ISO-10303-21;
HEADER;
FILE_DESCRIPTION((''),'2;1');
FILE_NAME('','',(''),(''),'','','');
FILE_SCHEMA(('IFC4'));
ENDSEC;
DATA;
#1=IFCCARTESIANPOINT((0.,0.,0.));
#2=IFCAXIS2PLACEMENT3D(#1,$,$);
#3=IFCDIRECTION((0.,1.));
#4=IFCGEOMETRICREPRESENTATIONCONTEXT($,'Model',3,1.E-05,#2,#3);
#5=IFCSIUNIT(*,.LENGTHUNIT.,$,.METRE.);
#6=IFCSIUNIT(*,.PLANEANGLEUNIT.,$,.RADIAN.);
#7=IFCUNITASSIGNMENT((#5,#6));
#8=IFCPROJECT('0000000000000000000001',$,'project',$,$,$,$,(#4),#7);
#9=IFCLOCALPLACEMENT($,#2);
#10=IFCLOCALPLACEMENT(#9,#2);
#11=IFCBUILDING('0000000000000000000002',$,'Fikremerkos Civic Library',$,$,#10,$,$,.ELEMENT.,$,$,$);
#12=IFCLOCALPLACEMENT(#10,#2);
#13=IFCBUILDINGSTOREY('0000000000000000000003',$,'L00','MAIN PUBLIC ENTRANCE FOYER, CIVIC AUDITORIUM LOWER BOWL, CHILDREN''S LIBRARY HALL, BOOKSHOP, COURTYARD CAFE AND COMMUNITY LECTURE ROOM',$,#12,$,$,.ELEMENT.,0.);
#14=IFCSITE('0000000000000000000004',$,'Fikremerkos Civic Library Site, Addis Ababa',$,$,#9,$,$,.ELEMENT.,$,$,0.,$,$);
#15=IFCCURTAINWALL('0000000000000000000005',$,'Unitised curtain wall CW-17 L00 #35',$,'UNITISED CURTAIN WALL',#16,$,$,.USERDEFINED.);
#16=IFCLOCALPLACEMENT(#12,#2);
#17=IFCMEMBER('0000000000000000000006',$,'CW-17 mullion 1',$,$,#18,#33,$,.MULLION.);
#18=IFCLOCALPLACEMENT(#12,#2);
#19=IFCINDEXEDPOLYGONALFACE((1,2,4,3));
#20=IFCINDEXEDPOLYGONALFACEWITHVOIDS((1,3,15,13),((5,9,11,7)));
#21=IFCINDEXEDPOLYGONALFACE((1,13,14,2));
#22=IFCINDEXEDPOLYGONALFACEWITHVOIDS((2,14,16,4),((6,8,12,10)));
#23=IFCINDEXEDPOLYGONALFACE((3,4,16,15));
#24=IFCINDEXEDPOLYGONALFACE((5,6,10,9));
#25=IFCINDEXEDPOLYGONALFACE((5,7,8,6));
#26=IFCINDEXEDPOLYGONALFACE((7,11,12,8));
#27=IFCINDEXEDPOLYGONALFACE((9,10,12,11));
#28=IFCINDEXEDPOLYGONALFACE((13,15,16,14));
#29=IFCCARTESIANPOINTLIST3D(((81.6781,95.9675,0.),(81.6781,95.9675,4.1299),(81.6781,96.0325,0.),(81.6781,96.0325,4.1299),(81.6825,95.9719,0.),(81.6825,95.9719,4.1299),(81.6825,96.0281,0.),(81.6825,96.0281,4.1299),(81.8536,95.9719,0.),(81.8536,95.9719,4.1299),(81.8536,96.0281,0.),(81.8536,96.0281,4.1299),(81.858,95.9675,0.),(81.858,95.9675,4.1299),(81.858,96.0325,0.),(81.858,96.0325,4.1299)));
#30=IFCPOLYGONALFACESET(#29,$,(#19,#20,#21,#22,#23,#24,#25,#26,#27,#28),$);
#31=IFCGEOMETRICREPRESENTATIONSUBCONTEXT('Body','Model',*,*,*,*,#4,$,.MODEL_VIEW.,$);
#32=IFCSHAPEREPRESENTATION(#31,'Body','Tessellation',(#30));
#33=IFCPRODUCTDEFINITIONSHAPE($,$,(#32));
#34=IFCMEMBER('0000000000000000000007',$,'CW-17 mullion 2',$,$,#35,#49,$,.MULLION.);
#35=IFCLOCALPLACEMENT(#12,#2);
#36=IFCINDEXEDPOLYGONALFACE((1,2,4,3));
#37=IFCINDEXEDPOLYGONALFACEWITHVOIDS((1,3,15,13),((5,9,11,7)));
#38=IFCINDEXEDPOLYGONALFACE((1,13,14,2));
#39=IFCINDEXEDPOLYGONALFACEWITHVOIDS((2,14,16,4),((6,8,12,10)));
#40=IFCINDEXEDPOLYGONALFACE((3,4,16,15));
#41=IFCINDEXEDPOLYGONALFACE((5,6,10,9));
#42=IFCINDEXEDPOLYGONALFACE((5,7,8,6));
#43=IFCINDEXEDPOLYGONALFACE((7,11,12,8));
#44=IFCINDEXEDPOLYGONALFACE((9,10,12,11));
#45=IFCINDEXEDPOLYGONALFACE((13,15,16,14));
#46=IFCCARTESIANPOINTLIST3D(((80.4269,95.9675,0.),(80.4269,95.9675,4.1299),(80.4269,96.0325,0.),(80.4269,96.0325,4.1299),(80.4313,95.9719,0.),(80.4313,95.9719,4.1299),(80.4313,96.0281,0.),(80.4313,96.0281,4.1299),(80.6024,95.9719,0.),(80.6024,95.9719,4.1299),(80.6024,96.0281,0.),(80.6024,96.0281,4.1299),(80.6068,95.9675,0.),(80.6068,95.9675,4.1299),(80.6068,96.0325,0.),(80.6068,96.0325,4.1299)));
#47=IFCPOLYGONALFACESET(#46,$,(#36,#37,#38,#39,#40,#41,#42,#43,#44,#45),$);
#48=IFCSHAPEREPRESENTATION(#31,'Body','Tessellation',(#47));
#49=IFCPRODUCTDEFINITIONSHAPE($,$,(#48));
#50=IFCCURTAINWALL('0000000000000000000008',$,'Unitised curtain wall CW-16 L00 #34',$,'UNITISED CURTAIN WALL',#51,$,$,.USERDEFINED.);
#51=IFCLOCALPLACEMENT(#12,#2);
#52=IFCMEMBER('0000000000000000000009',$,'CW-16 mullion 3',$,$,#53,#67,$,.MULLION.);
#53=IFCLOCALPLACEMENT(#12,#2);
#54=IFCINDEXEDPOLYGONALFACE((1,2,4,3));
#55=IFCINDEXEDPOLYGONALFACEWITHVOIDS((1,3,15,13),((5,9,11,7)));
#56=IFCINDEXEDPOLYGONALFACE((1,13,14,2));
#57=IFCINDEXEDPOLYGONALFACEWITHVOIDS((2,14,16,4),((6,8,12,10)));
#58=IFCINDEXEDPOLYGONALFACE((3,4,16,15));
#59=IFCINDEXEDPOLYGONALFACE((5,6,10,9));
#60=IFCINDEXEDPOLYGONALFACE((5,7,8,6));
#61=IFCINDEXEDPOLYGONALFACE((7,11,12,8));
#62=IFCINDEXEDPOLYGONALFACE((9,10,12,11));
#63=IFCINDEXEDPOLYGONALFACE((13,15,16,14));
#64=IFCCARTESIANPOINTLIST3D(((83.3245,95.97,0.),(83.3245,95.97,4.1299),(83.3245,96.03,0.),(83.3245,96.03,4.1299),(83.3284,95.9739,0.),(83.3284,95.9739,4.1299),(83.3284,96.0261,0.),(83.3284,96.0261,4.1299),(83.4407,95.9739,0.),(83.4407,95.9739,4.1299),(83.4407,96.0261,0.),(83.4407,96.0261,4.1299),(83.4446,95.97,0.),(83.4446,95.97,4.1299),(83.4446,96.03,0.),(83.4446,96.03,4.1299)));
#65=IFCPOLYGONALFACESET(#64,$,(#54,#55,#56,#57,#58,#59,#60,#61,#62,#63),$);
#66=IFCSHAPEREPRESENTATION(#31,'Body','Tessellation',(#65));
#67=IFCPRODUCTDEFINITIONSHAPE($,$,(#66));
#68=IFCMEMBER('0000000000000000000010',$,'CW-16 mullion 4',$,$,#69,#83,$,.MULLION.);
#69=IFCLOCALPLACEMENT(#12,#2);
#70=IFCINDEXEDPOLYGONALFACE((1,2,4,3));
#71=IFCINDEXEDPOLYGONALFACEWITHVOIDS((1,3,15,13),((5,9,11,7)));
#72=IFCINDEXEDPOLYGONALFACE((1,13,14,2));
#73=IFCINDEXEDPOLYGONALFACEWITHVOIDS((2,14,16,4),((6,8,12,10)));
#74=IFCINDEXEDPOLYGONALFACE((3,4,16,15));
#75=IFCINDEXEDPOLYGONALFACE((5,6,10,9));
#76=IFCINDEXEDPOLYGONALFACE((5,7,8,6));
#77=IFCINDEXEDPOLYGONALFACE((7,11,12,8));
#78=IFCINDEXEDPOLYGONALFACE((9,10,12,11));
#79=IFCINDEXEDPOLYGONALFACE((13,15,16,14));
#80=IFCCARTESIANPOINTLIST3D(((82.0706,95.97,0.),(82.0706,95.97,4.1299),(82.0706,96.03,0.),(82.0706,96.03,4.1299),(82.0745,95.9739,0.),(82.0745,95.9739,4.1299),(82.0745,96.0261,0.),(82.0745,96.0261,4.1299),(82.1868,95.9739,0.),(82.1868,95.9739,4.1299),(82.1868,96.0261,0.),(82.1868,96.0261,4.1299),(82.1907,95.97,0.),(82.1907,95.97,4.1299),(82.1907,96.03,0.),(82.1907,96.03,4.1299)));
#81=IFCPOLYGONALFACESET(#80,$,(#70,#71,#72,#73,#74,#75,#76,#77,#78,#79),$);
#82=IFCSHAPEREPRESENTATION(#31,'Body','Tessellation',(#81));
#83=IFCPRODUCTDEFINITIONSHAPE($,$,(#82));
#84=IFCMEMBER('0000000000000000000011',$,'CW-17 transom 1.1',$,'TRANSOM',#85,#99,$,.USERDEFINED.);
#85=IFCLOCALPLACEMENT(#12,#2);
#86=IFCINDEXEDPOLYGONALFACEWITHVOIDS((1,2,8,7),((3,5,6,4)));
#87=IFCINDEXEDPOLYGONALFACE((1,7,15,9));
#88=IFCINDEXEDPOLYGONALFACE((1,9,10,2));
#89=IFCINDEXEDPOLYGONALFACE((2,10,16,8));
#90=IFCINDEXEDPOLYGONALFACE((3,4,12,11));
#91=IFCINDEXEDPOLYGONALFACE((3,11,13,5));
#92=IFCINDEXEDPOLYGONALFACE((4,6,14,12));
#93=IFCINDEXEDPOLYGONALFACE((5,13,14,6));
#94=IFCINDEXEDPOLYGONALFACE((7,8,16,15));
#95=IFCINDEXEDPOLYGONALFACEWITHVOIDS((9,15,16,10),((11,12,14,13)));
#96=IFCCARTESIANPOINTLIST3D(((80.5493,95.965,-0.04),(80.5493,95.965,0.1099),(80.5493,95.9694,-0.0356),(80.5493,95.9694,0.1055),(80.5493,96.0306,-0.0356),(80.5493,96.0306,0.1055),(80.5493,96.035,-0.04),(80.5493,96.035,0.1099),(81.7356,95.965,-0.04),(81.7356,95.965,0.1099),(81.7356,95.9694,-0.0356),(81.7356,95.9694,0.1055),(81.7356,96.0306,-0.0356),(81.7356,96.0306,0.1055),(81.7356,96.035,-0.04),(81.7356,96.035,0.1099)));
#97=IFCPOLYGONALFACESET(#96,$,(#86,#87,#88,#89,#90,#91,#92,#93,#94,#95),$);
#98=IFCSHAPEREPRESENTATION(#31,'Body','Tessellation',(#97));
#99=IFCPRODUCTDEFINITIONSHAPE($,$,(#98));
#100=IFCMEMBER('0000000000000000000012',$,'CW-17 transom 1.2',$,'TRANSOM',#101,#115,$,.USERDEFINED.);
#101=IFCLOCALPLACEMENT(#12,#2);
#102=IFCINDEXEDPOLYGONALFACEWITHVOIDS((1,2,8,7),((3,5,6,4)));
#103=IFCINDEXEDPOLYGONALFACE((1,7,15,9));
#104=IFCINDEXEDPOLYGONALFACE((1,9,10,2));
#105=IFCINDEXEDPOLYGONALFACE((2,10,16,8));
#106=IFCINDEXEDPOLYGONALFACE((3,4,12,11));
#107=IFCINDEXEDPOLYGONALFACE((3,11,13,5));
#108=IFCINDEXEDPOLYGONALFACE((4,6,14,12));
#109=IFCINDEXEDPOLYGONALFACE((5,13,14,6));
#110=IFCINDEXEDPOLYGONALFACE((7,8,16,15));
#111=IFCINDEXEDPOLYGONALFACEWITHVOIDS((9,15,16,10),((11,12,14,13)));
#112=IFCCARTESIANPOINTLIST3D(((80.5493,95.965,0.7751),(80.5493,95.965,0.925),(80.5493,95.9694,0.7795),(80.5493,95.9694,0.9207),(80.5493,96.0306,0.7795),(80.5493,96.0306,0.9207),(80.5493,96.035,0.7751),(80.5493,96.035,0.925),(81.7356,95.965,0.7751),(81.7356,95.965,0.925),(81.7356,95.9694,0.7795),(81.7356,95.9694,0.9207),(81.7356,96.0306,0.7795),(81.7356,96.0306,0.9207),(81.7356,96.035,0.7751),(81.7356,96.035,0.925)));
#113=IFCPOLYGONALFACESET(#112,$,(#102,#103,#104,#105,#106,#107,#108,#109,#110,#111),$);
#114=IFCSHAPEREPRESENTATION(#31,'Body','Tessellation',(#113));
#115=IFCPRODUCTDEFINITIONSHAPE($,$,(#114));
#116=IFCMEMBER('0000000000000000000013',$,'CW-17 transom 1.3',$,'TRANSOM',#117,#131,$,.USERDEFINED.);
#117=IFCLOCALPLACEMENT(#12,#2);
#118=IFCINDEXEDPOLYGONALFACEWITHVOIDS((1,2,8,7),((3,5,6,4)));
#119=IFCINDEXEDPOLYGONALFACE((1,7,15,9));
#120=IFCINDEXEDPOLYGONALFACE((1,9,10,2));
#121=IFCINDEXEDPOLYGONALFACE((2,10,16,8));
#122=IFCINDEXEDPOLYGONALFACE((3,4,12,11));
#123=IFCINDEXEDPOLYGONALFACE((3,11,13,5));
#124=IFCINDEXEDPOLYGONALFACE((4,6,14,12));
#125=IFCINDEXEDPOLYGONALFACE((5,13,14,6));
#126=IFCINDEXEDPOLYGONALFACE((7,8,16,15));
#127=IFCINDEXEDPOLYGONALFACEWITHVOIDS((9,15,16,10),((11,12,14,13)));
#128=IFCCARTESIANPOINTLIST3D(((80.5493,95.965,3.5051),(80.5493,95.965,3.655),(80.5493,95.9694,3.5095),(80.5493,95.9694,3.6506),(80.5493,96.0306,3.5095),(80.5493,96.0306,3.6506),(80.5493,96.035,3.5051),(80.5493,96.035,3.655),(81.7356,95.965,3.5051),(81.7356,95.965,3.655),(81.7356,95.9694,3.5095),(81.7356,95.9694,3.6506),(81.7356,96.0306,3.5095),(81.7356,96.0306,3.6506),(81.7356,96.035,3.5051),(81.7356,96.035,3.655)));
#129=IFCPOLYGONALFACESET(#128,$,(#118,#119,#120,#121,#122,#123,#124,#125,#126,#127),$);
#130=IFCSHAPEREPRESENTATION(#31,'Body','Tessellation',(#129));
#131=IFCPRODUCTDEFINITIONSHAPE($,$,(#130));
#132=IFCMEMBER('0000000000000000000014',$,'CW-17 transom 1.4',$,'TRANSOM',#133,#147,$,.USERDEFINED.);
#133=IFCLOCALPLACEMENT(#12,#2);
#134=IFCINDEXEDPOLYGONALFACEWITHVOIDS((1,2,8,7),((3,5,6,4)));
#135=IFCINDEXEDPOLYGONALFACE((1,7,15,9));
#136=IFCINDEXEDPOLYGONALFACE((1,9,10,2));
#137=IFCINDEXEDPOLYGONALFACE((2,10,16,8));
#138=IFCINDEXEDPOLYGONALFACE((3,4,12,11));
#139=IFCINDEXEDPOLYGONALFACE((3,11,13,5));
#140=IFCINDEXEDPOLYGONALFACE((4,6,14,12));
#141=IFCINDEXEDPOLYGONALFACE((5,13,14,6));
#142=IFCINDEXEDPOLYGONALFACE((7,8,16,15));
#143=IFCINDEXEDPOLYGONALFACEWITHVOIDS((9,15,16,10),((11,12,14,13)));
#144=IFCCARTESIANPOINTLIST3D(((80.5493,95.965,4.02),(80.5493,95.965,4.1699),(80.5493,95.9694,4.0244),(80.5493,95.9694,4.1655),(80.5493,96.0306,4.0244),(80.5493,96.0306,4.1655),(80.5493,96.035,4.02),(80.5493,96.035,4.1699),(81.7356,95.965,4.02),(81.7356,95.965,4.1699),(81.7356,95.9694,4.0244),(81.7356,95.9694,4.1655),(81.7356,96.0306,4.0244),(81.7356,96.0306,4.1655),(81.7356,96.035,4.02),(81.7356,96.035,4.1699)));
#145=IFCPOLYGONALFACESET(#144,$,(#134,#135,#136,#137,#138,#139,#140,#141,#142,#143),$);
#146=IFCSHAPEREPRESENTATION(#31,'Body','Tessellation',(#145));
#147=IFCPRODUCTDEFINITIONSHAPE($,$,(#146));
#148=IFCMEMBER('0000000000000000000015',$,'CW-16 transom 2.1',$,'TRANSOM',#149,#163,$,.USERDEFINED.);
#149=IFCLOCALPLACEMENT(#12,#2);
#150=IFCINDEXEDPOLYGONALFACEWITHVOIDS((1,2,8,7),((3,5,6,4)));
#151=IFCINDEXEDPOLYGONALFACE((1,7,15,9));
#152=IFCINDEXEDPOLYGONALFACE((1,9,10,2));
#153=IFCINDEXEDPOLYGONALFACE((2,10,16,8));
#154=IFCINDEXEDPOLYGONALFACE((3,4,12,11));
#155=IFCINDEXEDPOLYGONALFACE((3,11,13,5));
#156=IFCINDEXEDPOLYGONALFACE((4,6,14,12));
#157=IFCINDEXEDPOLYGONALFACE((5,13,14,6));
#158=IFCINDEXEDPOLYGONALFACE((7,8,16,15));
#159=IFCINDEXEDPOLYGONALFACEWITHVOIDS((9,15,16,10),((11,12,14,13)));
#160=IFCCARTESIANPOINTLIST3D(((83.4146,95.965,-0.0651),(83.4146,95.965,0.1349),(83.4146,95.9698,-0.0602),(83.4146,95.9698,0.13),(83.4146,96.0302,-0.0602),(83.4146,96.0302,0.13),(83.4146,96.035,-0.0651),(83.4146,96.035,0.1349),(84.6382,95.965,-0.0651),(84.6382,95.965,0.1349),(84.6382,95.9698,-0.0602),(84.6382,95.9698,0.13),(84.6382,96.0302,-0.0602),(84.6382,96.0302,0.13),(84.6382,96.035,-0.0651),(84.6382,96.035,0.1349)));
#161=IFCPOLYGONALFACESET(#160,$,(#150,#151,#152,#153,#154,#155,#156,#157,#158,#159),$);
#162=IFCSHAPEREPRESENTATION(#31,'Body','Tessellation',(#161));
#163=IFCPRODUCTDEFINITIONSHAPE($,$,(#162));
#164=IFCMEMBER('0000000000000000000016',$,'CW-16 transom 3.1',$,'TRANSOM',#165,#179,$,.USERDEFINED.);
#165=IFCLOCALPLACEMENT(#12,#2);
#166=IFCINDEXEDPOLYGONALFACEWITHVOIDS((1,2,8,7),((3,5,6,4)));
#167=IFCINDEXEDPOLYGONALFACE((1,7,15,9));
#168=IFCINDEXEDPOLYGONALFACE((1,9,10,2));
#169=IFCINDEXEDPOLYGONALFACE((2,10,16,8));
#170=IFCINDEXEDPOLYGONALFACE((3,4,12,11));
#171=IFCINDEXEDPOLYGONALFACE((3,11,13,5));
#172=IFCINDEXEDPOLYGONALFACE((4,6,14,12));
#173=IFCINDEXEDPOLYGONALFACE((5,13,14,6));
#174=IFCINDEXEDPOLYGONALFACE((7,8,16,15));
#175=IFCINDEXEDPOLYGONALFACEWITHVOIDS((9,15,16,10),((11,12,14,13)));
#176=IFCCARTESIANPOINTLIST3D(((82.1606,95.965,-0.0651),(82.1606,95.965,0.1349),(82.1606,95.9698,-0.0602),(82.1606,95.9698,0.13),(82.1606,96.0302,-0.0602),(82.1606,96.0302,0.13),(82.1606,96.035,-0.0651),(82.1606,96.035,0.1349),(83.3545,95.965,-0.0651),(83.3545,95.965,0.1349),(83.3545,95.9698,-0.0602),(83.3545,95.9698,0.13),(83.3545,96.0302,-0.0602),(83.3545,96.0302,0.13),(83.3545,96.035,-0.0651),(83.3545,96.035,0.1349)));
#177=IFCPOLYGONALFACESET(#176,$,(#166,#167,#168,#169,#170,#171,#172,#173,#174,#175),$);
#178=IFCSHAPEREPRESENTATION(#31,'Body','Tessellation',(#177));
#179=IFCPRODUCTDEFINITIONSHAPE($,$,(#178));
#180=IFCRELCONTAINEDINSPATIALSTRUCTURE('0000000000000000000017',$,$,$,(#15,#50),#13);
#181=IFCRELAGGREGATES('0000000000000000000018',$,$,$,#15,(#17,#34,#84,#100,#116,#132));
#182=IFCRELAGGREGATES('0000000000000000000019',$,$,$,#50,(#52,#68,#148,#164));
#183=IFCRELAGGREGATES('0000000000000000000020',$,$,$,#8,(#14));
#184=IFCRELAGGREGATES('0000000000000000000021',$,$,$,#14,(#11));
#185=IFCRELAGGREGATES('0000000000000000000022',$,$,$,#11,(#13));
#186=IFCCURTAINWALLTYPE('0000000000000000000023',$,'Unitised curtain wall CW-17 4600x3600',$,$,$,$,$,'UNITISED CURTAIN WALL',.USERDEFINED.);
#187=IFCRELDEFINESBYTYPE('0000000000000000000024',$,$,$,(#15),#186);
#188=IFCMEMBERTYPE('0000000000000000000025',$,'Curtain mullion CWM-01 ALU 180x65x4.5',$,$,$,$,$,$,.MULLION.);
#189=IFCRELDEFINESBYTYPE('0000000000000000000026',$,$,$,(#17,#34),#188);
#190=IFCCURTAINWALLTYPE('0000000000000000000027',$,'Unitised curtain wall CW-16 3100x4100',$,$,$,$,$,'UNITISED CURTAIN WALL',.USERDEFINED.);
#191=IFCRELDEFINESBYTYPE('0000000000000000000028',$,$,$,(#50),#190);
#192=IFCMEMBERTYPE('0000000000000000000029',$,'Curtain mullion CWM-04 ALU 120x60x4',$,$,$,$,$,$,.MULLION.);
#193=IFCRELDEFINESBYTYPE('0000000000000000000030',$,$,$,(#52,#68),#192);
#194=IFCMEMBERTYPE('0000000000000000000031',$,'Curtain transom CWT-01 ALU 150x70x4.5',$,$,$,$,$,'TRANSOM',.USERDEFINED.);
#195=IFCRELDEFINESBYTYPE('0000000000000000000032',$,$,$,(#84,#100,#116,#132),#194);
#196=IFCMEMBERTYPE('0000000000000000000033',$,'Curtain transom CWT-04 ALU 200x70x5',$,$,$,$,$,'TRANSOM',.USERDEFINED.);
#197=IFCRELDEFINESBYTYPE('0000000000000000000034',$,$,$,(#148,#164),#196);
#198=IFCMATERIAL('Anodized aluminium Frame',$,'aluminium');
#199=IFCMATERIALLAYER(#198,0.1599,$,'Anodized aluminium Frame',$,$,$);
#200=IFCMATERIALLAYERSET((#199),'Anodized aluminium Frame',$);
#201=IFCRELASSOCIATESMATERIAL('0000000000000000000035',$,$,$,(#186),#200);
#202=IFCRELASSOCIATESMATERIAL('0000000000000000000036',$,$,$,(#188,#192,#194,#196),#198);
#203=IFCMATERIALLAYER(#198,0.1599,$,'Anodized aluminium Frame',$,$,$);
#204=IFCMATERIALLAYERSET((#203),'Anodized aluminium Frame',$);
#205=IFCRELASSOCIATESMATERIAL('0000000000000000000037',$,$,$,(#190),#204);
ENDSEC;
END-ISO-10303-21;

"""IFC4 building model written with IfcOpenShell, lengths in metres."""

from ifc_helpers import new_model, si_unit, direction, frame, origin, origin_2d, place, context, subcontext, project, spatial, hollow_rectangle, extrude, material, layer, layer_set, material_profile, profile_set, type_object, element, aggregate, save


model = new_model("IFC4")

# Units and contexts
model_context = context("Model", 3, precision=1e-05, world=origin(), true_north=direction((0.0, 1.0)))
body_context = subcontext(model_context, "Body", "Model", "MODEL_VIEW")
ifc_project = project(units=[si_unit("LENGTHUNIT", "METRE"), si_unit("PLANEANGLEUNIT", "RADIAN")], contexts=[model_context])

# Site, building, storey
site_placement = place(None, origin())
site = spatial("IfcSite", under=ifc_project, at=site_placement, Name="Fikremerkos Civic Library Site, Addis Ababa", CompositionType="ELEMENT", RefElevation=0.0)
building_placement = place(site_placement, origin())
building = spatial("IfcBuilding", under=site, at=building_placement, Name="Fikremerkos Civic Library", CompositionType="ELEMENT")
storey_placement = place(building_placement, origin())
storey = spatial("IfcBuildingStorey", under=building, at=storey_placement, Name="L00", Description="MAIN PUBLIC ENTRANCE FOYER, CIVIC AUDITORIUM LOWER BOWL, CHILDREN'S LIBRARY HALL, BOOKSHOP, COURTYARD CAFE AND COMMUNITY LECTURE ROOM", CompositionType="ELEMENT", Elevation=0.0)

# Curtain walls, members
ifc_material_1 = material(Name="Anodized aluminium Frame", Category="aluminium")
ifc_layer_1 = layer(ifc_material_1, 0.1599, Name="Anodized aluminium Frame")
ifc_layer_set_1 = layer_set([ifc_layer_1], Name="Anodized aluminium Frame")
curtain_wall_type_1 = type_object("IfcCurtainWallType", Name="Unitised curtain wall CW-17 4600x3600", ElementType="UNITISED CURTAIN WALL", PredefinedType="USERDEFINED", material=ifc_layer_set_1)
curtain_wall_1_placement = place(storey_placement, origin())
curtain_wall_1 = element("IfcCurtainWall", 1, at=curtain_wall_1_placement, inside=storey, type_object=curtain_wall_type_1, Name="Unitised curtain wall CW-17 L00 #35", ObjectType="UNITISED CURTAIN WALL", PredefinedType="USERDEFINED")
ifc_material_profile_1 = material_profile(ifc_material_1, hollow_rectangle(XDim=0.0649, YDim=0.1799, WallThickness=0.0044, at=origin_2d()), Name="ALU 180x65x4.5")
ifc_profile_set_1 = profile_set([ifc_material_profile_1], Name="Anodized aluminium Frame")
member_type_1 = type_object("IfcMemberType", Name="Curtain mullion CWM-01 ALU 180x65x4.5", PredefinedType="MULLION", material=ifc_profile_set_1)
member_1_placement = place(storey_placement, frame((81.7681, 96.0, 0.0), z_axis=(0.0, 0.0, 1.0), x_axis=(0.0, -1.0, 0.0)))
member_1 = element("IfcMember", 2, at=member_1_placement, type_object=member_type_1, Name="CW-17 mullion 1", PredefinedType="MULLION", context=body_context, shape_type="SweptSolid", body=[
    extrude(hollow_rectangle(XDim=0.0649, YDim=0.1799, WallThickness=0.0044, at=origin_2d()), origin(), (0.0, 0.0, 1.0), 4.1299),
])
member_2_placement = place(storey_placement, frame((80.5168, 96.0, 0.0), z_axis=(0.0, 0.0, 1.0), x_axis=(0.0, -1.0, 0.0)))
member_2 = element("IfcMember", 3, at=member_2_placement, type_object=member_type_1, Name="CW-17 mullion 2", PredefinedType="MULLION", context=body_context, shape_type="SweptSolid", body=[
    extrude(hollow_rectangle(XDim=0.0649, YDim=0.1799, WallThickness=0.0044, at=origin_2d()), origin(), (0.0, 0.0, 1.0), 4.1299),
])
ifc_layer_2 = layer(ifc_material_1, 0.1599, Name="Anodized aluminium Frame")
ifc_layer_set_2 = layer_set([ifc_layer_2], Name="Anodized aluminium Frame")
curtain_wall_type_2 = type_object("IfcCurtainWallType", Name="Unitised curtain wall CW-16 3100x4100", ElementType="UNITISED CURTAIN WALL", PredefinedType="USERDEFINED", material=ifc_layer_set_2)
curtain_wall_2_placement = place(storey_placement, origin())
curtain_wall_2 = element("IfcCurtainWall", 4, at=curtain_wall_2_placement, inside=storey, type_object=curtain_wall_type_2, Name="Unitised curtain wall CW-16 L00 #34", ObjectType="UNITISED CURTAIN WALL", PredefinedType="USERDEFINED")
ifc_material_profile_2 = material_profile(ifc_material_1, hollow_rectangle(XDim=0.0601, YDim=0.1201, WallThickness=0.0039, at=origin_2d()), Name="ALU 120x60x4")
ifc_profile_set_2 = profile_set([ifc_material_profile_2], Name="Anodized aluminium Frame")
member_type_2 = type_object("IfcMemberType", Name="Curtain mullion CWM-04 ALU 120x60x4", PredefinedType="MULLION", material=ifc_profile_set_2)
member_3_placement = place(storey_placement, frame((83.3845, 96.0, 0.0), z_axis=(0.0, 0.0, 1.0), x_axis=(0.0, -1.0, 0.0)))
member_3 = element("IfcMember", 5, at=member_3_placement, type_object=member_type_2, Name="CW-16 mullion 3", PredefinedType="MULLION", context=body_context, shape_type="SweptSolid", body=[
    extrude(hollow_rectangle(XDim=0.0601, YDim=0.1201, WallThickness=0.0039, at=origin_2d()), origin(), (0.0, 0.0, 1.0), 4.1299),
])
member_4_placement = place(storey_placement, frame((82.1306, 96.0, 0.0), z_axis=(0.0, 0.0, 1.0), x_axis=(0.0, -1.0, 0.0)))
member_4 = element("IfcMember", 6, at=member_4_placement, type_object=member_type_2, Name="CW-16 mullion 4", PredefinedType="MULLION", context=body_context, shape_type="SweptSolid", body=[
    extrude(hollow_rectangle(XDim=0.0601, YDim=0.1201, WallThickness=0.0039, at=origin_2d()), origin(), (0.0, 0.0, 1.0), 4.1299),
])

# Members
ifc_material_profile_3 = material_profile(ifc_material_1, hollow_rectangle(XDim=0.0701, YDim=0.1499, WallThickness=0.0044, at=origin_2d()), Name="ALU 150x70x4.5")
ifc_profile_set_3 = profile_set([ifc_material_profile_3], Name="Anodized aluminium Frame")
member_type_3 = type_object("IfcMemberType", Name="Curtain transom CWT-01 ALU 150x70x4.5", ElementType="TRANSOM", PredefinedType="USERDEFINED", material=ifc_profile_set_3)
member_5_placement = place(storey_placement, frame((81.7356, 96.0, 0.0349), z_axis=(-1.0, 0.0, 0.0), x_axis=(0.0, -1.0, 0.0)))
member_5 = element("IfcMember", 7, at=member_5_placement, type_object=member_type_3, Name="CW-17 transom 1.1", ObjectType="TRANSOM", PredefinedType="USERDEFINED", context=body_context, shape_type="SweptSolid", body=[
    extrude(hollow_rectangle(XDim=0.0701, YDim=0.1499, WallThickness=0.0044, at=origin_2d()), origin(), (0.0, 0.0, 1.0), 1.1863),
])
member_6_placement = place(storey_placement, frame((81.7356, 96.0, 0.8501), z_axis=(-1.0, 0.0, 0.0), x_axis=(0.0, -1.0, 0.0)))
member_6 = element("IfcMember", 8, at=member_6_placement, type_object=member_type_3, Name="CW-17 transom 1.2", ObjectType="TRANSOM", PredefinedType="USERDEFINED", context=body_context, shape_type="SweptSolid", body=[
    extrude(hollow_rectangle(XDim=0.0701, YDim=0.1499, WallThickness=0.0044, at=origin_2d()), origin(), (0.0, 0.0, 1.0), 1.1863),
])
member_7_placement = place(storey_placement, frame((81.7356, 96.0, 3.5801), z_axis=(-1.0, 0.0, 0.0), x_axis=(0.0, -1.0, 0.0)))
member_7 = element("IfcMember", 9, at=member_7_placement, type_object=member_type_3, Name="CW-17 transom 1.3", ObjectType="TRANSOM", PredefinedType="USERDEFINED", context=body_context, shape_type="SweptSolid", body=[
    extrude(hollow_rectangle(XDim=0.0701, YDim=0.1499, WallThickness=0.0044, at=origin_2d()), origin(), (0.0, 0.0, 1.0), 1.1863),
])
member_8_placement = place(storey_placement, frame((81.7356, 96.0, 4.095), z_axis=(-1.0, 0.0, 0.0), x_axis=(0.0, -1.0, 0.0)))
member_8 = element("IfcMember", 10, at=member_8_placement, type_object=member_type_3, Name="CW-17 transom 1.4", ObjectType="TRANSOM", PredefinedType="USERDEFINED", context=body_context, shape_type="SweptSolid", body=[
    extrude(hollow_rectangle(XDim=0.0701, YDim=0.1499, WallThickness=0.0044, at=origin_2d()), origin(), (0.0, 0.0, 1.0), 1.1863),
])
ifc_material_profile_4 = material_profile(ifc_material_1, hollow_rectangle(XDim=0.0701, YDim=0.2, WallThickness=0.0049, at=origin_2d()), Name="ALU 200x70x5")
ifc_profile_set_4 = profile_set([ifc_material_profile_4], Name="Anodized aluminium Frame")
member_type_4 = type_object("IfcMemberType", Name="Curtain transom CWT-04 ALU 200x70x5", ElementType="TRANSOM", PredefinedType="USERDEFINED", material=ifc_profile_set_4)
member_9_placement = place(storey_placement, frame((84.6382, 96.0, 0.0349), z_axis=(-1.0, 0.0, 0.0), x_axis=(0.0, -1.0, 0.0)))
member_9 = element("IfcMember", 11, at=member_9_placement, type_object=member_type_4, Name="CW-16 transom 2.1", ObjectType="TRANSOM", PredefinedType="USERDEFINED", context=body_context, shape_type="SweptSolid", body=[
    extrude(hollow_rectangle(XDim=0.0701, YDim=0.2, WallThickness=0.0049, at=origin_2d()), origin(), (0.0, 0.0, 1.0), 1.2236),
])
member_10_placement = place(storey_placement, frame((83.3545, 96.0, 0.0349), z_axis=(-1.0, 0.0, 0.0), x_axis=(0.0, -1.0, 0.0)))
member_10 = element("IfcMember", 12, at=member_10_placement, type_object=member_type_4, Name="CW-16 transom 3.1", ObjectType="TRANSOM", PredefinedType="USERDEFINED", context=body_context, shape_type="SweptSolid", body=[
    extrude(hollow_rectangle(XDim=0.0701, YDim=0.2, WallThickness=0.0049, at=origin_2d()), origin(), (0.0, 0.0, 1.0), 1.1938),
])

aggregate(curtain_wall_1, [member_1, member_2, member_5, member_6, member_7, member_8])
aggregate(curtain_wall_2, [member_3, member_4, member_9, member_10])

save(model, "model.ifc")
